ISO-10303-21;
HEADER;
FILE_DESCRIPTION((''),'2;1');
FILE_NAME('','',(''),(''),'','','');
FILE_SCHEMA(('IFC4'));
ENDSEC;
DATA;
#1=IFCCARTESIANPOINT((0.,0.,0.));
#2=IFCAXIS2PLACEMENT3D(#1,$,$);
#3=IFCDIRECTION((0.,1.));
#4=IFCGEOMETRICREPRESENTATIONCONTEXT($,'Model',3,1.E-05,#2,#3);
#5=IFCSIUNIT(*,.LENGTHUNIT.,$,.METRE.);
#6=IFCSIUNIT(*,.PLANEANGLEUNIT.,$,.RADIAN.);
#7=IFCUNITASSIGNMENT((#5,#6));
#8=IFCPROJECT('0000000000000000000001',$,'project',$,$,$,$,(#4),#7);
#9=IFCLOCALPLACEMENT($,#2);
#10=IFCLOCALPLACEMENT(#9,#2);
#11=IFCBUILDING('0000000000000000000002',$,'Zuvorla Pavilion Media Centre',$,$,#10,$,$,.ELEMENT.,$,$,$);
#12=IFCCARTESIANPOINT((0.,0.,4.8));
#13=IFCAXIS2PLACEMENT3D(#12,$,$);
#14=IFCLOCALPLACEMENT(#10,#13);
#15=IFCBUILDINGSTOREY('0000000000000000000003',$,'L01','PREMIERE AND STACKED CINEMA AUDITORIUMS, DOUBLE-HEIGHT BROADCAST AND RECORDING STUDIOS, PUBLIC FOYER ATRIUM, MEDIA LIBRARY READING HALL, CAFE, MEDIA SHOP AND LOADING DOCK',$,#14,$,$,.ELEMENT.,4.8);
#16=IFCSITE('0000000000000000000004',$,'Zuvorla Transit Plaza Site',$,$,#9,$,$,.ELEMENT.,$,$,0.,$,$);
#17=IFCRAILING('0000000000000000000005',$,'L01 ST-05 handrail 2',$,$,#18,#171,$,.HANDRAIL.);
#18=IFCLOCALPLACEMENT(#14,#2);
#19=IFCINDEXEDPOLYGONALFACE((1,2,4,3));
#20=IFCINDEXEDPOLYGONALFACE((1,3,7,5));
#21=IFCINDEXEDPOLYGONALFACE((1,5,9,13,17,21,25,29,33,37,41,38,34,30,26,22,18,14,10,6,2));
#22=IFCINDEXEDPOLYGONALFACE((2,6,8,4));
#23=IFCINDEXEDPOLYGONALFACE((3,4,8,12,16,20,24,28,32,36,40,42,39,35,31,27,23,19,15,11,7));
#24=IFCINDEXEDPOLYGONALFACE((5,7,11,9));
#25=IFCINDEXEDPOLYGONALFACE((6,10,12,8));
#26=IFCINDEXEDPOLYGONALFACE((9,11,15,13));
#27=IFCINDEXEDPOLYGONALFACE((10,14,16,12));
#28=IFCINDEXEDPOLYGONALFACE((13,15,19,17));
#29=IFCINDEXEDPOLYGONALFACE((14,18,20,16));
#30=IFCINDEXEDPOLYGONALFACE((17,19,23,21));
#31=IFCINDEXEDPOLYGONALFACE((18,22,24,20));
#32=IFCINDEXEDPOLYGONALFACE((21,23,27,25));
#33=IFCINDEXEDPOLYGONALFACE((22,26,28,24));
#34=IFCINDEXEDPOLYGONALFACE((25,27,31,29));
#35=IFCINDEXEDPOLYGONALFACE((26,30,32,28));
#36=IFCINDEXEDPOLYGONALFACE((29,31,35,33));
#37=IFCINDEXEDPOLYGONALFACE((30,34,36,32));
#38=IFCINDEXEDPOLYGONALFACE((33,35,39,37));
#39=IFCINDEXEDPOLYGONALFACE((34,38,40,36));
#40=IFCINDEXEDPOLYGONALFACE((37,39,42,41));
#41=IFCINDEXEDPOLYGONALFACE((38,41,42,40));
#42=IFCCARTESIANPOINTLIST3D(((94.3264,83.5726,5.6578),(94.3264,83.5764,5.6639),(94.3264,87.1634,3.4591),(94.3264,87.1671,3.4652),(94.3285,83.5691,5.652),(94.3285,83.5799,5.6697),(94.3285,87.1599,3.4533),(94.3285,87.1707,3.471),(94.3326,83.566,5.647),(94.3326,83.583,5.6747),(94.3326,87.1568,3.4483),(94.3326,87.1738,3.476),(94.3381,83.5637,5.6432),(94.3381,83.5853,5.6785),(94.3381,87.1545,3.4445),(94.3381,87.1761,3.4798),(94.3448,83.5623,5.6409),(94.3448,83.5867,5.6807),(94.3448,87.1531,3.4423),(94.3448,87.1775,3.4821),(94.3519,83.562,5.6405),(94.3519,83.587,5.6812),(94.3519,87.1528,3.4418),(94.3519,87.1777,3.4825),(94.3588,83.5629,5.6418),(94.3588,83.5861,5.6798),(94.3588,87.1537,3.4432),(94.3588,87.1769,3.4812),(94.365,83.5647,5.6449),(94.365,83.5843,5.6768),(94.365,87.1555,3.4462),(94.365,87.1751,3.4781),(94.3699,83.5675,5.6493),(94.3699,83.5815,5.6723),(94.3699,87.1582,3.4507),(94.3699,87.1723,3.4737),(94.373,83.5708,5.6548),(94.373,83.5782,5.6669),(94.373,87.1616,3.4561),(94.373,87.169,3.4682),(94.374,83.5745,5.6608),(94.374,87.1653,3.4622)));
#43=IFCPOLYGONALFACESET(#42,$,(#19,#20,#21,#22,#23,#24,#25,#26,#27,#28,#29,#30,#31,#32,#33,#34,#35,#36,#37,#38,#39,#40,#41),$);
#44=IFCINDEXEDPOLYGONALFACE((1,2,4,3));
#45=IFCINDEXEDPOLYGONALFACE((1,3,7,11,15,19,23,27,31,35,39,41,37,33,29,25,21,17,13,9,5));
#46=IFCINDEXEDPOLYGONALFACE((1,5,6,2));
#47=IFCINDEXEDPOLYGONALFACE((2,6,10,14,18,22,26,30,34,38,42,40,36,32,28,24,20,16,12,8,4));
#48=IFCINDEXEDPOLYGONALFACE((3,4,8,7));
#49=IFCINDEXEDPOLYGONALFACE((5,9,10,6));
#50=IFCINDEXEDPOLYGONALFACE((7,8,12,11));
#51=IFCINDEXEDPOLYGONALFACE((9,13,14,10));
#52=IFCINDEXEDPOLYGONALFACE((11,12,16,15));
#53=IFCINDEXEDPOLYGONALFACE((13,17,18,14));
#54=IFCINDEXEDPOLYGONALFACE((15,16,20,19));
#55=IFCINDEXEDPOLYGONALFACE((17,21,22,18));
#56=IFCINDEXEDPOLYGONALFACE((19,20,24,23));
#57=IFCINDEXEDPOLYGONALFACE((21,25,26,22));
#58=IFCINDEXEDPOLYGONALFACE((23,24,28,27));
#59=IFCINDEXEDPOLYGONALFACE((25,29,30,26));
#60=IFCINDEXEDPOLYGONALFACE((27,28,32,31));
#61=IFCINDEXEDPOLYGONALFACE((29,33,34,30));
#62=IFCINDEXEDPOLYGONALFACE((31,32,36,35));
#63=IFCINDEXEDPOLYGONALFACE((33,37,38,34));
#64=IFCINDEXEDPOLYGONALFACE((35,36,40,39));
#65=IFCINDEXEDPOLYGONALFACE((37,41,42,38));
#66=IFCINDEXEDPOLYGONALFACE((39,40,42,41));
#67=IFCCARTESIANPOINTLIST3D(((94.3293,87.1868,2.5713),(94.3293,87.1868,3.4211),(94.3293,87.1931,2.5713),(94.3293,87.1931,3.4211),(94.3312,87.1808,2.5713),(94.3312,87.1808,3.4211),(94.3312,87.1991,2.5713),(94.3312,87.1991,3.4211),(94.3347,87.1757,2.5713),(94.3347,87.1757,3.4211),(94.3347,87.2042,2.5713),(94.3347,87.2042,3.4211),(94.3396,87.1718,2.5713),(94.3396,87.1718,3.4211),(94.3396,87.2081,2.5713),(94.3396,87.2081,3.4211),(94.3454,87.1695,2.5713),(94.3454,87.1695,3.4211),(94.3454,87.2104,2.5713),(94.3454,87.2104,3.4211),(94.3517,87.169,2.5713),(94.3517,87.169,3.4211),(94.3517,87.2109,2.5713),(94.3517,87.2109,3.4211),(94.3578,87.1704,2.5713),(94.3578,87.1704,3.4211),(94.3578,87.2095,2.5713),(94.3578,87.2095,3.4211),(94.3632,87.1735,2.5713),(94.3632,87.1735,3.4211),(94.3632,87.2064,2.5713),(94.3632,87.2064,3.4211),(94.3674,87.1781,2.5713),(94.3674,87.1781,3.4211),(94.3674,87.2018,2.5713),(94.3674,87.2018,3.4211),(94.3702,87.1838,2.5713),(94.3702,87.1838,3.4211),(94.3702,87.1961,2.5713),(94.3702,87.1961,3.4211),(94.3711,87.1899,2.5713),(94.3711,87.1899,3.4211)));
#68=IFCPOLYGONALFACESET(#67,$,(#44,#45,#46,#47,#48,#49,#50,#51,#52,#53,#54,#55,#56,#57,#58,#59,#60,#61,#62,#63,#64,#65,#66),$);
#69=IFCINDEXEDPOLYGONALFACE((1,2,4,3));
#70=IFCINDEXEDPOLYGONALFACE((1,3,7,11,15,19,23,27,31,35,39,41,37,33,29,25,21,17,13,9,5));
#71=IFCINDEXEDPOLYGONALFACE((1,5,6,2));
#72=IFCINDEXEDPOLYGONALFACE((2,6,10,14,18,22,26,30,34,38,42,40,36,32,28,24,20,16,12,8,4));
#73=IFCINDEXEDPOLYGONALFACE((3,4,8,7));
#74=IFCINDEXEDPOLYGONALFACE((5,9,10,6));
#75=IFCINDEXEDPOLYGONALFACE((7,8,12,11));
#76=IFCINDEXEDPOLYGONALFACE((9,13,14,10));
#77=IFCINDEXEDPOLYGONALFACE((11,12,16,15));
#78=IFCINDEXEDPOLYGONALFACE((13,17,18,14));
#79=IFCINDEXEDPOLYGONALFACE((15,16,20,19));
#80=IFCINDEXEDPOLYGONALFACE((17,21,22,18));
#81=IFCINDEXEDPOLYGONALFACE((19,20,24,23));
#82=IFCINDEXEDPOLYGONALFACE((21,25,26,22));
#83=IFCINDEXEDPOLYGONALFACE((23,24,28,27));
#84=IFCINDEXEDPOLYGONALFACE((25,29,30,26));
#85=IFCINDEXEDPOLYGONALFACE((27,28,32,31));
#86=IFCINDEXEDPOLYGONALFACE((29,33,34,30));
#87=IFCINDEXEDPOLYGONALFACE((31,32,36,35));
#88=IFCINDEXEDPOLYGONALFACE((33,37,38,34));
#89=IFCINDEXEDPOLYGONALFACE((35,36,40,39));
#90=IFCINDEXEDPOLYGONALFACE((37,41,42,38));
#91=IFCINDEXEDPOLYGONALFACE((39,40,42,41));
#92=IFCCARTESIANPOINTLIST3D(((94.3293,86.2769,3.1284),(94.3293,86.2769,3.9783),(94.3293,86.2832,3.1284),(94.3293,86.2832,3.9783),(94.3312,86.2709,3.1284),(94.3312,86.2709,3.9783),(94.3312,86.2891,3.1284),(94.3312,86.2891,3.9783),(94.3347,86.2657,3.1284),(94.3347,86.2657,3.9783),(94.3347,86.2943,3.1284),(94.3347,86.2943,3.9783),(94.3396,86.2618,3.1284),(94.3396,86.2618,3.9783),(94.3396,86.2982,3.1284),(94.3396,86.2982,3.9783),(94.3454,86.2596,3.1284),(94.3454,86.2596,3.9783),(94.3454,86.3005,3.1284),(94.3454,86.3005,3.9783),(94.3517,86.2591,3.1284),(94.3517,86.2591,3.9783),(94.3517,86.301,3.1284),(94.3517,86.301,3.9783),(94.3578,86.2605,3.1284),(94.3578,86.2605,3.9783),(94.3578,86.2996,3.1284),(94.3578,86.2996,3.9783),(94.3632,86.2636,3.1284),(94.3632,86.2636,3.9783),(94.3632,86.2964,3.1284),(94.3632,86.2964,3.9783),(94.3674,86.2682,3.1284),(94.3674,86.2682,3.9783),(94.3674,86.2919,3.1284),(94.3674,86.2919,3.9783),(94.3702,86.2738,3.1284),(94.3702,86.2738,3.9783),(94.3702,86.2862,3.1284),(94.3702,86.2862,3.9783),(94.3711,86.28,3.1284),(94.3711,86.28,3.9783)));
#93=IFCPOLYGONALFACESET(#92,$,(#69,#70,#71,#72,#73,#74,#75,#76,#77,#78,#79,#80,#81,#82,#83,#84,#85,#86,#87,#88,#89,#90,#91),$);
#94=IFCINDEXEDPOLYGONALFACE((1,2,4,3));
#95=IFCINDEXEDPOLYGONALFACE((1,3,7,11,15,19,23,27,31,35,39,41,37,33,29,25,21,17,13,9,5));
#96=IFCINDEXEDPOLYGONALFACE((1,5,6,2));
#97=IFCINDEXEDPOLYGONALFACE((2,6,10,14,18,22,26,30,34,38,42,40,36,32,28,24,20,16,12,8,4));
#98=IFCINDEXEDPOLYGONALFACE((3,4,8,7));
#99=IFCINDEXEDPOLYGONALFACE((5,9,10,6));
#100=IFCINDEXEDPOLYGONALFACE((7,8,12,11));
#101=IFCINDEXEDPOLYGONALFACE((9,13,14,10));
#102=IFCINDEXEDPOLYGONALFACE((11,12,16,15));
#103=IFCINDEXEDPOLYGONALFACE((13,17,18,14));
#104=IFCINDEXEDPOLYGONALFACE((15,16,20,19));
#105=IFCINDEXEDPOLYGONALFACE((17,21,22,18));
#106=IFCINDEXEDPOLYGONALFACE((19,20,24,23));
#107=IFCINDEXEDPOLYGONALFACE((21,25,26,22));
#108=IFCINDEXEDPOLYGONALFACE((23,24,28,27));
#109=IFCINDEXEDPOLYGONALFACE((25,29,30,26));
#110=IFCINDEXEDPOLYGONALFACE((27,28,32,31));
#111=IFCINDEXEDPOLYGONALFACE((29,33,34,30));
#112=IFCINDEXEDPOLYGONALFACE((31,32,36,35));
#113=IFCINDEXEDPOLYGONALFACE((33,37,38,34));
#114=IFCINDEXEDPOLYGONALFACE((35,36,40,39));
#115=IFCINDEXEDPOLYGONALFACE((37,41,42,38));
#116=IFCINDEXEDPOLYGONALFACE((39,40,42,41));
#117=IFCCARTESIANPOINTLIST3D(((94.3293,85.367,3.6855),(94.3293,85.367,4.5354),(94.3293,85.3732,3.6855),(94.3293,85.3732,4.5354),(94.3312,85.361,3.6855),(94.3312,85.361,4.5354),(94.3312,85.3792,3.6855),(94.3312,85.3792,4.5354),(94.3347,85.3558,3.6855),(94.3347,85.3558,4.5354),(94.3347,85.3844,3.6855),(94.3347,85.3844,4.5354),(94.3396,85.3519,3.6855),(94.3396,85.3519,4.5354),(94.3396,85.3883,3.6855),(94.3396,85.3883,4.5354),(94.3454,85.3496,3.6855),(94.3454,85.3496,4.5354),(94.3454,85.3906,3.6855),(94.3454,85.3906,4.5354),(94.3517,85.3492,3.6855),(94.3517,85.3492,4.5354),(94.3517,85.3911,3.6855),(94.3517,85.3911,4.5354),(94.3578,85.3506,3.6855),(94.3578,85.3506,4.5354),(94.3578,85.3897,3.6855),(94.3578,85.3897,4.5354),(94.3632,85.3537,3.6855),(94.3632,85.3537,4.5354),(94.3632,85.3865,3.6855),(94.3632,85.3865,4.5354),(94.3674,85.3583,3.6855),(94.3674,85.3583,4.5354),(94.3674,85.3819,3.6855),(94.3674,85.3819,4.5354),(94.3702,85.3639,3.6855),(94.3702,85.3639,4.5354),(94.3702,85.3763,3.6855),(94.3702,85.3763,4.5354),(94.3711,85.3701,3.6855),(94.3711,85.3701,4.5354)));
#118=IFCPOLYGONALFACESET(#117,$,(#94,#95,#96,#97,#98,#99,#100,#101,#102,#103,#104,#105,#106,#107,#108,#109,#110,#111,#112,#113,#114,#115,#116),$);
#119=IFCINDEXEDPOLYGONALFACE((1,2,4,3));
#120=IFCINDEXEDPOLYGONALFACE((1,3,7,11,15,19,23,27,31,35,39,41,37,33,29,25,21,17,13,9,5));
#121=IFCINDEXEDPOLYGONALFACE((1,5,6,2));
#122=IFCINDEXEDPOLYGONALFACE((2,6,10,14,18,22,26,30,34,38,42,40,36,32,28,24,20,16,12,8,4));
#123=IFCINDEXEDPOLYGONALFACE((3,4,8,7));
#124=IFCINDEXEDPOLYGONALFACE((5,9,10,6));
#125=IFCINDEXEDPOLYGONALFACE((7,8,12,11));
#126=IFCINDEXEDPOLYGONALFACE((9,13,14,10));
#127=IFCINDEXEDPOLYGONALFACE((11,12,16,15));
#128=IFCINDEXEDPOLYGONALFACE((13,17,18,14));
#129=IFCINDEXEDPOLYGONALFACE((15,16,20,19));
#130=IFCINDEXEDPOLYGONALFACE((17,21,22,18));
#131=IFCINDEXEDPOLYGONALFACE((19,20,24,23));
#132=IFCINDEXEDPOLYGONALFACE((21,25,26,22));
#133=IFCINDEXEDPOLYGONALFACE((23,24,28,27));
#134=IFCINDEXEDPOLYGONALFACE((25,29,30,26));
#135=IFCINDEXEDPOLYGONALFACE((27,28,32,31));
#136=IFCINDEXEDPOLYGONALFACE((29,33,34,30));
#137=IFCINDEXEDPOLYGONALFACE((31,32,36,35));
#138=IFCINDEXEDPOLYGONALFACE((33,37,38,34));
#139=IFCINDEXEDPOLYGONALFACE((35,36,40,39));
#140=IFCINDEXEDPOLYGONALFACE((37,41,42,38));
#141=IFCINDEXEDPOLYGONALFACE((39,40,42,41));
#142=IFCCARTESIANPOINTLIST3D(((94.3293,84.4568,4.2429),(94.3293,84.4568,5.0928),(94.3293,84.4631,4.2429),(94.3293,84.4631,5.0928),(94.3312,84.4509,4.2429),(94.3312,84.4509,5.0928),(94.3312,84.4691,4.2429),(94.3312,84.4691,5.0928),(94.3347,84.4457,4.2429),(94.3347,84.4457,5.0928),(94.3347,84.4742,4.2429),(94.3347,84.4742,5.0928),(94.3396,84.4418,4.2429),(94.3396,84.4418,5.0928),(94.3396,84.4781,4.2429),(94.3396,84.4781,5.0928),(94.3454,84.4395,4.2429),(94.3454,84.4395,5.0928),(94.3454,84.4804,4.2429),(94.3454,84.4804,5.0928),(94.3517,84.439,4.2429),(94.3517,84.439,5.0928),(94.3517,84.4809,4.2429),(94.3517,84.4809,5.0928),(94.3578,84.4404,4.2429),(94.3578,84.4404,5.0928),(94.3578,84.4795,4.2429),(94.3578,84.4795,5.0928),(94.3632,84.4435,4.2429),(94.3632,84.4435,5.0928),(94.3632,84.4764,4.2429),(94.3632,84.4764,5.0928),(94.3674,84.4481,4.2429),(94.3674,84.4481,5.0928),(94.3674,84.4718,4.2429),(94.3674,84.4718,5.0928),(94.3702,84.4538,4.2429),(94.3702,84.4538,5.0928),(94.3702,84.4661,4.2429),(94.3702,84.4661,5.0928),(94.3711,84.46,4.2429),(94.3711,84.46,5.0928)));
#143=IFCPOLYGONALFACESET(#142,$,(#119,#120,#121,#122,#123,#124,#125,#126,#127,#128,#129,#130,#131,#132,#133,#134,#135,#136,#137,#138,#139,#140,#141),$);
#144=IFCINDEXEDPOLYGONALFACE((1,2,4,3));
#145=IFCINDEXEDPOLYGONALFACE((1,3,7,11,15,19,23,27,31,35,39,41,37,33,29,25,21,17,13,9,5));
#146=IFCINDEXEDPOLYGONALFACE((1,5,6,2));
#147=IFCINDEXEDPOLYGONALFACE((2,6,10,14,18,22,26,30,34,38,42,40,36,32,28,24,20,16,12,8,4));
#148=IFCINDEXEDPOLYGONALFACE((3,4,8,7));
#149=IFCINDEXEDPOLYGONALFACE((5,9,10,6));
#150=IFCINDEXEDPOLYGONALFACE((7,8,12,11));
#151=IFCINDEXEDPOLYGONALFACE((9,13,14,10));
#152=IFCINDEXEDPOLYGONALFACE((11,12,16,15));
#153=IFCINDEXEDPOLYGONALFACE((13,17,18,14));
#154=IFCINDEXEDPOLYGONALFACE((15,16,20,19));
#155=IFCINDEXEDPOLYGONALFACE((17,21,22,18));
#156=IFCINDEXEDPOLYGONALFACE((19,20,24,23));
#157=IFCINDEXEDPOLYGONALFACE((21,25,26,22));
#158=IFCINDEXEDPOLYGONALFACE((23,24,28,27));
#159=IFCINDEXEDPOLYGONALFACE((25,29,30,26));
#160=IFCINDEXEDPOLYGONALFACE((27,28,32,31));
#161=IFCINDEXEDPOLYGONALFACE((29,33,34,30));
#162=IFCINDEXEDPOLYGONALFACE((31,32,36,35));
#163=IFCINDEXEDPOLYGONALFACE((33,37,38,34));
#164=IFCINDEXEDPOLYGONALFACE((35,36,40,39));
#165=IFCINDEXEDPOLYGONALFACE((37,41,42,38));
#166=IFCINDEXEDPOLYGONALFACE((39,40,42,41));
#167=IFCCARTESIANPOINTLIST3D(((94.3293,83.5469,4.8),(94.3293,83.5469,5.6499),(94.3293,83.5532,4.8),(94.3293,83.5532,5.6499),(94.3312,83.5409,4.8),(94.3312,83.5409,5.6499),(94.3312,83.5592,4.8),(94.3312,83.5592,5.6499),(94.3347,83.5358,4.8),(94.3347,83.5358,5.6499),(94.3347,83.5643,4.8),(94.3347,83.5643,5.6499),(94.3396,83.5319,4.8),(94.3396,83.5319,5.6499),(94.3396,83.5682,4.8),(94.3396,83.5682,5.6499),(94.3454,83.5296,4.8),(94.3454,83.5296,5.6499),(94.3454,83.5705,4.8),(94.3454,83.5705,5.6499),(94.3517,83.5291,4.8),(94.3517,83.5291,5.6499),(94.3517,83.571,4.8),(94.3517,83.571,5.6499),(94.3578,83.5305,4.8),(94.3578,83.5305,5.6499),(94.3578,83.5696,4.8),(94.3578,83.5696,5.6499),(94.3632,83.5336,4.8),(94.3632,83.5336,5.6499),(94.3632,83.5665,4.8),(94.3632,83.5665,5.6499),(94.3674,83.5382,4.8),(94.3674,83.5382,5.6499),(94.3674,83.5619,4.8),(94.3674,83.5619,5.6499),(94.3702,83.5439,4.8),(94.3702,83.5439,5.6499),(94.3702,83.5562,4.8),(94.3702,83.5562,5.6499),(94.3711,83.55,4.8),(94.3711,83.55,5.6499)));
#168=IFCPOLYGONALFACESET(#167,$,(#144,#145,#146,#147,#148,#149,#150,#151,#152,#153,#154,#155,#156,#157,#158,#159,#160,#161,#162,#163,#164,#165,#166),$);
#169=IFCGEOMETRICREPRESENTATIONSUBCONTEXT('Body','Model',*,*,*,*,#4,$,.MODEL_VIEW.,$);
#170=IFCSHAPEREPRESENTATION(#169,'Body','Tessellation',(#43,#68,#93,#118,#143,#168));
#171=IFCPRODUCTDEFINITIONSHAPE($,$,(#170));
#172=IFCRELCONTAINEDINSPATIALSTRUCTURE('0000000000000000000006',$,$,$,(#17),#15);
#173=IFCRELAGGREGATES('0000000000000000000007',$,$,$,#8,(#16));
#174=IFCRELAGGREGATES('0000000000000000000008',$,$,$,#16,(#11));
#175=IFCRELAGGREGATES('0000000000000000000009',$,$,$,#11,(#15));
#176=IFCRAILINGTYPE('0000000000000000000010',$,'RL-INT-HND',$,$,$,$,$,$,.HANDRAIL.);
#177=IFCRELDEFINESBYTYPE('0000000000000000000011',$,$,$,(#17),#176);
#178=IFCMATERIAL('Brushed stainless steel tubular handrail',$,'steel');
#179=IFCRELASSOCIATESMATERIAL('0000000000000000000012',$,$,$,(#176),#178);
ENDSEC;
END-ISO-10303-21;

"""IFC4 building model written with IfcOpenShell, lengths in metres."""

from ifc_helpers import new_model, si_unit, direction, frame, origin, origin_2d, place, context, subcontext, project, spatial, circle, extrude, material, type_object, element, save


model = new_model("IFC4")

# Units and contexts
model_context = context("Model", 3, precision=1e-05, world=origin(), true_north=direction((0.0, 1.0)))
body_context = subcontext(model_context, "Body", "Model", "MODEL_VIEW")
ifc_project = project(units=[si_unit("LENGTHUNIT", "METRE"), si_unit("PLANEANGLEUNIT", "RADIAN")], contexts=[model_context])

# Site, building, storey
site_placement = place(None, origin())
site = spatial("IfcSite", under=ifc_project, at=site_placement, Name="Zuvorla Transit Plaza Site", CompositionType="ELEMENT", RefElevation=0.0)
building_placement = place(site_placement, origin())
building = spatial("IfcBuilding", under=site, at=building_placement, Name="Zuvorla Pavilion Media Centre", CompositionType="ELEMENT")
storey_placement = place(building_placement, frame((0.0, 0.0, 4.8)))
storey = spatial("IfcBuildingStorey", under=building, at=storey_placement, Name="L01", Description="PREMIERE AND STACKED CINEMA AUDITORIUMS, DOUBLE-HEIGHT BROADCAST AND RECORDING STUDIOS, PUBLIC FOYER ATRIUM, MEDIA LIBRARY READING HALL, CAFE, MEDIA SHOP AND LOADING DOCK", CompositionType="ELEMENT", Elevation=4.8)

# Railing
ifc_material_1 = material(Name="Brushed stainless steel tubular handrail", Category="steel")
railing_type_1 = type_object("IfcRailingType", Name="RL-INT-HND", PredefinedType="HANDRAIL", material=ifc_material_1)
railing_1_placement = place(storey_placement, frame((94.3501, 87.1899, 2.5713)))
element("IfcRailing", 1, at=railing_1_placement, inside=storey, type_object=railing_type_1, Name="L01 ST-05 handrail 2", PredefinedType="HANDRAIL", context=body_context, shape_type="SweptSolid", body=[
    extrude(circle(Radius=0.0239, at=origin_2d()), frame((0.0, -0.0247, 0.8909), z_axis=(0.0, -0.852825, 0.522197), x_axis=(1.0, 0.0, 0.0)), (0.0, 0.0, 1.0), 4.2104),
    extrude(circle(Radius=0.021, at=origin_2d()), origin(), (0.0, 0.0, 1.0), 0.8499),
    extrude(circle(Radius=0.021, at=origin_2d()), frame((0.0, -0.9099, 0.5571)), (0.0, 0.0, 1.0), 0.8499),
    extrude(circle(Radius=0.021, at=origin_2d()), frame((0.0, -1.8198, 1.1143)), (0.0, 0.0, 1.0), 0.8499),
    extrude(circle(Radius=0.021, at=origin_2d()), frame((0.0, -2.73, 1.6716)), (0.0, 0.0, 1.0), 0.8499),
    extrude(circle(Radius=0.021, at=origin_2d()), frame((0.0, -3.6399, 2.2288)), (0.0, 0.0, 1.0), 0.8499),
])

save(model, "model.ifc")
